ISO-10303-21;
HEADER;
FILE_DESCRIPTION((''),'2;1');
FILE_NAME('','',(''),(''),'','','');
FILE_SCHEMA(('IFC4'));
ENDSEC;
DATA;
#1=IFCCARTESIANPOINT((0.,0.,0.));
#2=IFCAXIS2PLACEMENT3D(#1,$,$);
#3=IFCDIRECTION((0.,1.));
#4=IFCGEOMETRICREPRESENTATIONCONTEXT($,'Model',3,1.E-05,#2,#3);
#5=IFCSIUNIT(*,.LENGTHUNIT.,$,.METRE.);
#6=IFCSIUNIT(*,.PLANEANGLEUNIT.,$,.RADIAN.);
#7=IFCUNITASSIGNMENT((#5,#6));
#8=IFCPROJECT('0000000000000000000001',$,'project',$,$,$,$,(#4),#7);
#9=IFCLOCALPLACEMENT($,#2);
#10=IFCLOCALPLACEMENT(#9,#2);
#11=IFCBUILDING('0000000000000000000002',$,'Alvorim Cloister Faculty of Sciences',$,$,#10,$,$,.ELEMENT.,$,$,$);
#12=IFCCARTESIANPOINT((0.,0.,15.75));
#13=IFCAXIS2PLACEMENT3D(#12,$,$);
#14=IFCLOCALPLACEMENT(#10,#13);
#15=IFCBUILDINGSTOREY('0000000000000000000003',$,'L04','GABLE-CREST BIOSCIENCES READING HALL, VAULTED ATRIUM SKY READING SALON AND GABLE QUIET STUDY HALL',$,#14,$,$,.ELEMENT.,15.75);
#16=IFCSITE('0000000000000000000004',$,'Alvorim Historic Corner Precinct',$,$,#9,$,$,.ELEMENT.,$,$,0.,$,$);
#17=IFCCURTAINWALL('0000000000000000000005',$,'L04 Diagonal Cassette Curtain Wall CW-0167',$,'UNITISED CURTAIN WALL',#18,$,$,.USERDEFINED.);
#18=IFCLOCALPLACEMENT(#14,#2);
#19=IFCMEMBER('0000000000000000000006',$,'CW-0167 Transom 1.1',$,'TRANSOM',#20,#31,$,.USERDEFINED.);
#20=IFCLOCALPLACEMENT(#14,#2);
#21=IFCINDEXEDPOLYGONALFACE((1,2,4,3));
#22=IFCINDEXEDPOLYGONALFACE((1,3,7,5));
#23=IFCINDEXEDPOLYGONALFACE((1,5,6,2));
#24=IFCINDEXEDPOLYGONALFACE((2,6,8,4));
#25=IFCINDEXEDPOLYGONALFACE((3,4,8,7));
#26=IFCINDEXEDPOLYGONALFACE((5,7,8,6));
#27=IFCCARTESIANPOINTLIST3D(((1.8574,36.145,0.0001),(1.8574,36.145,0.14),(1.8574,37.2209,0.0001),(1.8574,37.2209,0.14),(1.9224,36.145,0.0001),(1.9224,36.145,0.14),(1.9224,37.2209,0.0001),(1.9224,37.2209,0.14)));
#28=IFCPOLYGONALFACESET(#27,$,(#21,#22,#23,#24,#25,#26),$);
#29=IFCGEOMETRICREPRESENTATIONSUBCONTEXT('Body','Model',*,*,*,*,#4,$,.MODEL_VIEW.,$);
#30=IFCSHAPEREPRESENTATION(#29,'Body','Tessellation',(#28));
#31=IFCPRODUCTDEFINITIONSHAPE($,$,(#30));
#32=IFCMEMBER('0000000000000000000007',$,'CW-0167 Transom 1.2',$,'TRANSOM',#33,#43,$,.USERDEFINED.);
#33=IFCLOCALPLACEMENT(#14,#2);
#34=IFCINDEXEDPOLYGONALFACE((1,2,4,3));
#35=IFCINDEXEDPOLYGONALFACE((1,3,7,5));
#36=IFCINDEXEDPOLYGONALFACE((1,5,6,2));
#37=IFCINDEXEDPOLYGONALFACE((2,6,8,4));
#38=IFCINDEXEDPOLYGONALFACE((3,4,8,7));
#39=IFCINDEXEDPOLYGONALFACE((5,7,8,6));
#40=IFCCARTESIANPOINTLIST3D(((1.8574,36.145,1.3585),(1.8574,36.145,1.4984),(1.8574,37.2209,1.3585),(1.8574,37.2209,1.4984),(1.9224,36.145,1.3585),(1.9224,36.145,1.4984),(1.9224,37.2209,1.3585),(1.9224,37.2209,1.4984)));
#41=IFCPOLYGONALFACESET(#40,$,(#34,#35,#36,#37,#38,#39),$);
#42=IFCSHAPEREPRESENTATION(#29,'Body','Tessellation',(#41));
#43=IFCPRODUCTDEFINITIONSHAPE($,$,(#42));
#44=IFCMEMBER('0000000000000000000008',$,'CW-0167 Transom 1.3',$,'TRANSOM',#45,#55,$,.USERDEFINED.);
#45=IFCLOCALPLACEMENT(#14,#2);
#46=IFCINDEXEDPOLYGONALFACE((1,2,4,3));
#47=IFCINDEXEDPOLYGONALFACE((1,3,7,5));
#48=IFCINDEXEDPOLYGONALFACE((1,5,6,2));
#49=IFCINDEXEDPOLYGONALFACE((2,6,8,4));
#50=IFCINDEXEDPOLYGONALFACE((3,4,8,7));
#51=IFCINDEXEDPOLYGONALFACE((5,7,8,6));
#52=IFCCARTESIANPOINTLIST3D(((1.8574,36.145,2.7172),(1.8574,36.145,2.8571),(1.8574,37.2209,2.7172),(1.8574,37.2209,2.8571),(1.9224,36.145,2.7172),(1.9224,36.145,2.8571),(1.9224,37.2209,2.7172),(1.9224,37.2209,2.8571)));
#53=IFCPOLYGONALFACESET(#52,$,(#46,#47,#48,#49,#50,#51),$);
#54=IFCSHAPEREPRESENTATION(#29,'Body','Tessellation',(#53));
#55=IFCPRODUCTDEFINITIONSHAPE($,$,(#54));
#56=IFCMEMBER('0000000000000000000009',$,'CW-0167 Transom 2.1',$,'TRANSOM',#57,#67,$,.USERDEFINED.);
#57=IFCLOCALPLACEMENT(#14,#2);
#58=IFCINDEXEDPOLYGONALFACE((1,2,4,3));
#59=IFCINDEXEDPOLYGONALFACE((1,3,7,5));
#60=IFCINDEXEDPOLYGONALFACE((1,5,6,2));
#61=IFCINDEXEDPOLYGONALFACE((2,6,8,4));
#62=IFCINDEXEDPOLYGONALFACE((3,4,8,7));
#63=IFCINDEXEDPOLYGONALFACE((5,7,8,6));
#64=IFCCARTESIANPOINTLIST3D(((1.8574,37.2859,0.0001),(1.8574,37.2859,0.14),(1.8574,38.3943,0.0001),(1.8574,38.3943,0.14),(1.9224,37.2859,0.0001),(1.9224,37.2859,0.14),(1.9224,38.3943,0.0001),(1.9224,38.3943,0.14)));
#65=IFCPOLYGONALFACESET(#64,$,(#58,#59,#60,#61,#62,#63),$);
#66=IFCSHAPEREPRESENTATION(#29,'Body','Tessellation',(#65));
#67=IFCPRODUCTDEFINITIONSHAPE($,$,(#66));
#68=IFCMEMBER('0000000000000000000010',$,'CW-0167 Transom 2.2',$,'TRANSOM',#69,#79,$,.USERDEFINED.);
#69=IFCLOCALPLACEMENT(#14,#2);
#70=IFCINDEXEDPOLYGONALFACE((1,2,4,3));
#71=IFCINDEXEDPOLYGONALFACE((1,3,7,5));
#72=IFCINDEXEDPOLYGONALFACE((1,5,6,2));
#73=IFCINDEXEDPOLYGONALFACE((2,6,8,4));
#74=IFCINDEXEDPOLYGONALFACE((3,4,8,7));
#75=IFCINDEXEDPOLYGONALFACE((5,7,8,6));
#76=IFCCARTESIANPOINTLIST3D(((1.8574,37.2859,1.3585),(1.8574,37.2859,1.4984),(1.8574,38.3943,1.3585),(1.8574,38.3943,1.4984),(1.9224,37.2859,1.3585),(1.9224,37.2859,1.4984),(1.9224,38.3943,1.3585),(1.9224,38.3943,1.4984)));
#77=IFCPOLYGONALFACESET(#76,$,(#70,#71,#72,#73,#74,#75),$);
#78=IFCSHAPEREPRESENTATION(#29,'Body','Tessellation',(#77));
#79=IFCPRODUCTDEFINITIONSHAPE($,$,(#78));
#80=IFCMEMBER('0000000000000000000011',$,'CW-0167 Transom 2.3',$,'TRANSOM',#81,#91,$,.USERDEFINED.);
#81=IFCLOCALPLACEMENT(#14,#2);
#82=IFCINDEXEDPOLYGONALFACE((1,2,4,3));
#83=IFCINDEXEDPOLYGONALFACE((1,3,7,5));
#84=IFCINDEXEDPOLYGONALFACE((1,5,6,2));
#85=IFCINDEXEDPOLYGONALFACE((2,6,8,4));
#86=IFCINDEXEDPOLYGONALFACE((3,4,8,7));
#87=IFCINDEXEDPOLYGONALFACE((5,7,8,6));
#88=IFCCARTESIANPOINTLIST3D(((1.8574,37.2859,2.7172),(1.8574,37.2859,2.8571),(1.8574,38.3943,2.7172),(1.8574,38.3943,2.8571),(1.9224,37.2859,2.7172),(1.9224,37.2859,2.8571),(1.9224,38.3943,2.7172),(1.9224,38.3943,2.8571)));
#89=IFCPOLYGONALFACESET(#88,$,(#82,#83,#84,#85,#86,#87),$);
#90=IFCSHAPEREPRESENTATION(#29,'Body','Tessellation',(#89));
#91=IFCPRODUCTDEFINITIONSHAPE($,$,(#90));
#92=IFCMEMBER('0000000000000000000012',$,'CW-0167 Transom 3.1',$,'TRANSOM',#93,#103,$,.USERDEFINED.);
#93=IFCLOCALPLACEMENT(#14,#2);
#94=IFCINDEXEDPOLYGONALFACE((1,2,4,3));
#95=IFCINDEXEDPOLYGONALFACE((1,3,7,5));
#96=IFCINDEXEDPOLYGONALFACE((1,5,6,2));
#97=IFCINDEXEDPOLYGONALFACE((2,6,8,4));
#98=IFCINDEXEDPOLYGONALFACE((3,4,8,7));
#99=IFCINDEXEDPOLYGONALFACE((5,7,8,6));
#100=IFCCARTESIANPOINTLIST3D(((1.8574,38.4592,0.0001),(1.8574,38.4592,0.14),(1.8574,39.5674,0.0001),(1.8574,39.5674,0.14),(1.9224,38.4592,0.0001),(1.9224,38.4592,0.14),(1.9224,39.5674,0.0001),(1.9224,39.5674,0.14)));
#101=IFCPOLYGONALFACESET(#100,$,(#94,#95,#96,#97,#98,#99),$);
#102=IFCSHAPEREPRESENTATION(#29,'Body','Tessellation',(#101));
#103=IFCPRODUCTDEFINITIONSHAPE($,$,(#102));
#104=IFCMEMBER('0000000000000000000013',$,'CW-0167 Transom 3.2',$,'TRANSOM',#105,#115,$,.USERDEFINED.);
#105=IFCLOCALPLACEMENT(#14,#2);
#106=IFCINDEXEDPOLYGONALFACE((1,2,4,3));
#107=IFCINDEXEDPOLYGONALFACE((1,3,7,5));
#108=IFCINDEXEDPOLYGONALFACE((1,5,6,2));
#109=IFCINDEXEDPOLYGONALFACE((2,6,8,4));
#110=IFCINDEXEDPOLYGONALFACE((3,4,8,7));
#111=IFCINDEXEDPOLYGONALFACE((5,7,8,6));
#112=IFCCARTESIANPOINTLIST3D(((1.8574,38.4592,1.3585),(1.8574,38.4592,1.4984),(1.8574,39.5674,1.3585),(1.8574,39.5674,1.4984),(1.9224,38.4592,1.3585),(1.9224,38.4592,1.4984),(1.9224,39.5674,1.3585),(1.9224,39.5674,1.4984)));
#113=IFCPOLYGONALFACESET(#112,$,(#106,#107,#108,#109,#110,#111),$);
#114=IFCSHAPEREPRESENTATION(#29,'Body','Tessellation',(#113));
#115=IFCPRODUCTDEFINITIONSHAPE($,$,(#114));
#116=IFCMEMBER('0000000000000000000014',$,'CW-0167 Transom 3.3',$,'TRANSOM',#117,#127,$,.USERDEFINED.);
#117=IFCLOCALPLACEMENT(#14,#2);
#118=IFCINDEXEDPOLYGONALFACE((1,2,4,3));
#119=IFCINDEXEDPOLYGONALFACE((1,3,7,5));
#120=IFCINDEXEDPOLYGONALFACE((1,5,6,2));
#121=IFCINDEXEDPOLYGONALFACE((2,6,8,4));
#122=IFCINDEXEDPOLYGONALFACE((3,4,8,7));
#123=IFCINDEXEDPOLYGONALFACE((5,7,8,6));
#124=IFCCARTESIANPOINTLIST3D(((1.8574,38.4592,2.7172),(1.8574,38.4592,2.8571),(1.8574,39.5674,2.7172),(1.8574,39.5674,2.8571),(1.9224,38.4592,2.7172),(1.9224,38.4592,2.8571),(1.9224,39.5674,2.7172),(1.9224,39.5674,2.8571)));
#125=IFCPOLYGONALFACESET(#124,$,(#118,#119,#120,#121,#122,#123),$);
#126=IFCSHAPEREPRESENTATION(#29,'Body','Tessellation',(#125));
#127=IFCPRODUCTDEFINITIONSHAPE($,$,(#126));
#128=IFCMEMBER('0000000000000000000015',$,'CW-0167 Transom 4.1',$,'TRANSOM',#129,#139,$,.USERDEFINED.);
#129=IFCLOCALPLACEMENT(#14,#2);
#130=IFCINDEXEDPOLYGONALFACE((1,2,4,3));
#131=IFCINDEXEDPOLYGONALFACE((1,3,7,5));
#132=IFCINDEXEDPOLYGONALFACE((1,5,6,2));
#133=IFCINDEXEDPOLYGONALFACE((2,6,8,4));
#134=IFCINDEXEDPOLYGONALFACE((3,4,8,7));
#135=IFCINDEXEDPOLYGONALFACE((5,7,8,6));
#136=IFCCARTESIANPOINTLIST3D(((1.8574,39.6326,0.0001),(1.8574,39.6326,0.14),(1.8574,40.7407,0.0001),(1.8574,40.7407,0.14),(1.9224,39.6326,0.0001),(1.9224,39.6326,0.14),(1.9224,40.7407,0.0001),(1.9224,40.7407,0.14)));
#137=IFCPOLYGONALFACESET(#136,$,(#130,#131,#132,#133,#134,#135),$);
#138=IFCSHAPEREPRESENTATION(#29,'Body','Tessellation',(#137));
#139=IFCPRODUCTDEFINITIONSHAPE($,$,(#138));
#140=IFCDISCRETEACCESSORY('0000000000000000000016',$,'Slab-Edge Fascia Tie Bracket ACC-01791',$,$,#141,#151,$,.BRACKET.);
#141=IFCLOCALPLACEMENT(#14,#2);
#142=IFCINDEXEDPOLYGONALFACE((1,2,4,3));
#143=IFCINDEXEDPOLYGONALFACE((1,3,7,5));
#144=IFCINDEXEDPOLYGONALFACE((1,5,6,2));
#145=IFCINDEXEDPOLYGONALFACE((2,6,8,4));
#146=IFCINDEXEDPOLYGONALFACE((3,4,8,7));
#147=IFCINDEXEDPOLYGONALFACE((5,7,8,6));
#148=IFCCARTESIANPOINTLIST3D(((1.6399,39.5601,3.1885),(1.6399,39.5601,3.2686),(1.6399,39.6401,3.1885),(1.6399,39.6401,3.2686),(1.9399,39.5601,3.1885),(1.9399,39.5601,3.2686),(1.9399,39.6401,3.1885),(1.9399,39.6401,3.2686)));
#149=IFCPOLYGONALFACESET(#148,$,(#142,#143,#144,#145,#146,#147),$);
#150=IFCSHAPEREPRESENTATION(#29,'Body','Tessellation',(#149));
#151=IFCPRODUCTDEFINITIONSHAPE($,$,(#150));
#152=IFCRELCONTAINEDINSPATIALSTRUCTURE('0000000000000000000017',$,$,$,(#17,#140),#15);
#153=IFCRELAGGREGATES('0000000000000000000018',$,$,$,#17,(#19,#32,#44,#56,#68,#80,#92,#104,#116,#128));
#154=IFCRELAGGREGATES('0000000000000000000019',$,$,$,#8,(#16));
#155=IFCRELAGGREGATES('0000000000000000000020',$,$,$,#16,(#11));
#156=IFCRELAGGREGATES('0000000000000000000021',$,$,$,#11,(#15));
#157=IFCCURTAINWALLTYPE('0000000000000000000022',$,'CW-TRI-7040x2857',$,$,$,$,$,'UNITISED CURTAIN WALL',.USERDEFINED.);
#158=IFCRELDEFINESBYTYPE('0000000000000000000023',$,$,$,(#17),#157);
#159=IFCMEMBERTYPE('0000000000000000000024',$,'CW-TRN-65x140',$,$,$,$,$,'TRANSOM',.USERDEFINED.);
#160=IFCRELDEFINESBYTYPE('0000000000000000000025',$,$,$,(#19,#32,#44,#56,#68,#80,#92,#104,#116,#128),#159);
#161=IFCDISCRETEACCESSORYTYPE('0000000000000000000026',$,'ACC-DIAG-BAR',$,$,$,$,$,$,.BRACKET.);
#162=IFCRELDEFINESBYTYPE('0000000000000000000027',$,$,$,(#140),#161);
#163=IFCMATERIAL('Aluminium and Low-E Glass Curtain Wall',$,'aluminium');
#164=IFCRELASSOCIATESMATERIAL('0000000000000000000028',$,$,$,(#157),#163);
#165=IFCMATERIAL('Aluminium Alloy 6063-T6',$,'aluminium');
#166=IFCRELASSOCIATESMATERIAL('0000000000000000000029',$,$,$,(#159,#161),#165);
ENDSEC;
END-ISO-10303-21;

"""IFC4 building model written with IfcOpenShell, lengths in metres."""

from ifc_helpers import new_model, si_unit, direction, frame, origin, origin_2d, place, context, subcontext, project, spatial, rectangle, extrude, material, material_profile, profile_set, type_object, element, aggregate, save


model = new_model("IFC4")

# Units and contexts
model_context = context("Model", 3, precision=1e-05, world=origin(), true_north=direction((0.0, 1.0)))
body_context = subcontext(model_context, "Body", "Model", "MODEL_VIEW")
ifc_project = project(units=[si_unit("LENGTHUNIT", "METRE"), si_unit("PLANEANGLEUNIT", "RADIAN")], contexts=[model_context])

# Site, building, storey
site_placement = place(None, origin())
site = spatial("IfcSite", under=ifc_project, at=site_placement, Name="Alvorim Historic Corner Precinct", CompositionType="ELEMENT", RefElevation=0.0)
building_placement = place(site_placement, origin())
building = spatial("IfcBuilding", under=site, at=building_placement, Name="Alvorim Cloister Faculty of Sciences", CompositionType="ELEMENT")
storey_placement = place(building_placement, frame((0.0, 0.0, 15.75)))
storey = spatial("IfcBuildingStorey", under=building, at=storey_placement, Name="L04", Description="GABLE-CREST BIOSCIENCES READING HALL, VAULTED ATRIUM SKY READING SALON AND GABLE QUIET STUDY HALL", CompositionType="ELEMENT", Elevation=15.75)

# Curtain wall
ifc_material_1 = material(Name="Aluminium and Low-E Glass Curtain Wall", Category="aluminium")
curtain_wall_type = type_object("IfcCurtainWallType", Name="CW-TRI-7040x2857", ElementType="UNITISED CURTAIN WALL", PredefinedType="USERDEFINED", material=ifc_material_1)
ifc_material_2 = material(Name="Aluminium Alloy 6063-T6", Category="aluminium")
curtain_wall_1_placement = place(storey_placement, origin())
curtain_wall_1 = element("IfcCurtainWall", 1, at=curtain_wall_1_placement, inside=storey, type_object=curtain_wall_type, Name="L04 Diagonal Cassette Curtain Wall CW-0167", ObjectType="UNITISED CURTAIN WALL", PredefinedType="USERDEFINED")

# Members
ifc_material_profile_1 = material_profile(ifc_material_2, rectangle(XDim=0.0649, YDim=0.1399, at=origin_2d()), Name="ALU-TRN-65x140")
ifc_profile_set_1 = profile_set([ifc_material_profile_1], Name="Aluminium Alloy 6063-T6")
member_type_1 = type_object("IfcMemberType", Name="CW-TRN-65x140", ElementType="TRANSOM", PredefinedType="USERDEFINED", material=ifc_profile_set_1)
member_1_placement = place(storey_placement, frame((1.8899, 36.145, 0.0701), z_axis=(0.0, 1.0, 0.0), x_axis=(-1.0, 0.0, 0.0)))
member_1 = element("IfcMember", 2, at=member_1_placement, type_object=member_type_1, Name="CW-0167 Transom 1.1", ObjectType="TRANSOM", PredefinedType="USERDEFINED", context=body_context, shape_type="SweptSolid", body=[
    extrude(rectangle(XDim=0.0649, YDim=0.1399, at=origin_2d()), origin(), (0.0, 0.0, 1.0), 1.0759),
])
member_2_placement = place(storey_placement, frame((1.8899, 36.145, 1.4285), z_axis=(0.0, 1.0, 0.0), x_axis=(-1.0, 0.0, 0.0)))
member_2 = element("IfcMember", 3, at=member_2_placement, type_object=member_type_1, Name="CW-0167 Transom 1.2", ObjectType="TRANSOM", PredefinedType="USERDEFINED", context=body_context, shape_type="SweptSolid", body=[
    extrude(rectangle(XDim=0.0649, YDim=0.1399, at=origin_2d()), origin(), (0.0, 0.0, 1.0), 1.0759),
])
member_3_placement = place(storey_placement, frame((1.8899, 36.145, 2.7871), z_axis=(0.0, 1.0, 0.0), x_axis=(-1.0, 0.0, 0.0)))
member_3 = element("IfcMember", 4, at=member_3_placement, type_object=member_type_1, Name="CW-0167 Transom 1.3", ObjectType="TRANSOM", PredefinedType="USERDEFINED", context=body_context, shape_type="SweptSolid", body=[
    extrude(rectangle(XDim=0.0649, YDim=0.1399, at=origin_2d()), origin(), (0.0, 0.0, 1.0), 1.0759),
])
member_4_placement = place(storey_placement, frame((1.8899, 37.2859, 0.0701), z_axis=(0.0, 1.0, 0.0), x_axis=(-1.0, 0.0, 0.0)))
member_4 = element("IfcMember", 5, at=member_4_placement, type_object=member_type_1, Name="CW-0167 Transom 2.1", ObjectType="TRANSOM", PredefinedType="USERDEFINED", context=body_context, shape_type="SweptSolid", body=[
    extrude(rectangle(XDim=0.0649, YDim=0.1399, at=origin_2d()), origin(), (0.0, 0.0, 1.0), 1.1084),
])
member_5_placement = place(storey_placement, frame((1.8899, 37.2859, 1.4285), z_axis=(0.0, 1.0, 0.0), x_axis=(-1.0, 0.0, 0.0)))
member_5 = element("IfcMember", 6, at=member_5_placement, type_object=member_type_1, Name="CW-0167 Transom 2.2", ObjectType="TRANSOM", PredefinedType="USERDEFINED", context=body_context, shape_type="SweptSolid", body=[
    extrude(rectangle(XDim=0.0649, YDim=0.1399, at=origin_2d()), origin(), (0.0, 0.0, 1.0), 1.1084),
])
member_6_placement = place(storey_placement, frame((1.8899, 37.2859, 2.7871), z_axis=(0.0, 1.0, 0.0), x_axis=(-1.0, 0.0, 0.0)))
member_6 = element("IfcMember", 7, at=member_6_placement, type_object=member_type_1, Name="CW-0167 Transom 2.3", ObjectType="TRANSOM", PredefinedType="USERDEFINED", context=body_context, shape_type="SweptSolid", body=[
    extrude(rectangle(XDim=0.0649, YDim=0.1399, at=origin_2d()), origin(), (0.0, 0.0, 1.0), 1.1084),
])
member_7_placement = place(storey_placement, frame((1.8899, 38.4592, 0.0701), z_axis=(0.0, 1.0, 0.0), x_axis=(-1.0, 0.0, 0.0)))
member_7 = element("IfcMember", 8, at=member_7_placement, type_object=member_type_1, Name="CW-0167 Transom 3.1", ObjectType="TRANSOM", PredefinedType="USERDEFINED", context=body_context, shape_type="SweptSolid", body=[
    extrude(rectangle(XDim=0.0649, YDim=0.1399, at=origin_2d()), origin(), (0.0, 0.0, 1.0), 1.1082),
])
member_8_placement = place(storey_placement, frame((1.8899, 38.4592, 1.4285), z_axis=(0.0, 1.0, 0.0), x_axis=(-1.0, 0.0, 0.0)))
member_8 = element("IfcMember", 9, at=member_8_placement, type_object=member_type_1, Name="CW-0167 Transom 3.2", ObjectType="TRANSOM", PredefinedType="USERDEFINED", context=body_context, shape_type="SweptSolid", body=[
    extrude(rectangle(XDim=0.0649, YDim=0.1399, at=origin_2d()), origin(), (0.0, 0.0, 1.0), 1.1082),
])
member_9_placement = place(storey_placement, frame((1.8899, 38.4592, 2.7871), z_axis=(0.0, 1.0, 0.0), x_axis=(-1.0, 0.0, 0.0)))
member_9 = element("IfcMember", 10, at=member_9_placement, type_object=member_type_1, Name="CW-0167 Transom 3.3", ObjectType="TRANSOM", PredefinedType="USERDEFINED", context=body_context, shape_type="SweptSolid", body=[
    extrude(rectangle(XDim=0.0649, YDim=0.1399, at=origin_2d()), origin(), (0.0, 0.0, 1.0), 1.1082),
])
member_10_placement = place(storey_placement, frame((1.8899, 39.6326, 0.0701), z_axis=(0.0, 1.0, 0.0), x_axis=(-1.0, 0.0, 0.0)))
member_10 = element("IfcMember", 11, at=member_10_placement, type_object=member_type_1, Name="CW-0167 Transom 4.1", ObjectType="TRANSOM", PredefinedType="USERDEFINED", context=body_context, shape_type="SweptSolid", body=[
    extrude(rectangle(XDim=0.0649, YDim=0.1399, at=origin_2d()), origin(), (0.0, 0.0, 1.0), 1.1082),
])
aggregate(curtain_wall_1, [member_1, member_2, member_3, member_4, member_5, member_6, member_7, member_8, member_9, member_10])

# Discrete accessory
discrete_accessory_type = type_object("IfcDiscreteAccessoryType", Name="ACC-DIAG-BAR", PredefinedType="BRACKET", material=ifc_material_2)
discrete_accessory_placement = place(storey_placement, frame((1.9399, 39.6001, 3.2285), z_axis=(-1.0, 0.0, 0.0), x_axis=(0.0, -1.0, 0.0)))
element("IfcDiscreteAccessory", 12, at=discrete_accessory_placement, inside=storey, type_object=discrete_accessory_type, Name="Slab-Edge Fascia Tie Bracket ACC-01791", PredefinedType="BRACKET", context=body_context, shape_type="SweptSolid", body=[
    extrude(rectangle(XDim=0.0801, YDim=0.0801, at=origin_2d()), origin(), (0.0, 0.0, 1.0), 0.3),
])

save(model, "model.ifc")
